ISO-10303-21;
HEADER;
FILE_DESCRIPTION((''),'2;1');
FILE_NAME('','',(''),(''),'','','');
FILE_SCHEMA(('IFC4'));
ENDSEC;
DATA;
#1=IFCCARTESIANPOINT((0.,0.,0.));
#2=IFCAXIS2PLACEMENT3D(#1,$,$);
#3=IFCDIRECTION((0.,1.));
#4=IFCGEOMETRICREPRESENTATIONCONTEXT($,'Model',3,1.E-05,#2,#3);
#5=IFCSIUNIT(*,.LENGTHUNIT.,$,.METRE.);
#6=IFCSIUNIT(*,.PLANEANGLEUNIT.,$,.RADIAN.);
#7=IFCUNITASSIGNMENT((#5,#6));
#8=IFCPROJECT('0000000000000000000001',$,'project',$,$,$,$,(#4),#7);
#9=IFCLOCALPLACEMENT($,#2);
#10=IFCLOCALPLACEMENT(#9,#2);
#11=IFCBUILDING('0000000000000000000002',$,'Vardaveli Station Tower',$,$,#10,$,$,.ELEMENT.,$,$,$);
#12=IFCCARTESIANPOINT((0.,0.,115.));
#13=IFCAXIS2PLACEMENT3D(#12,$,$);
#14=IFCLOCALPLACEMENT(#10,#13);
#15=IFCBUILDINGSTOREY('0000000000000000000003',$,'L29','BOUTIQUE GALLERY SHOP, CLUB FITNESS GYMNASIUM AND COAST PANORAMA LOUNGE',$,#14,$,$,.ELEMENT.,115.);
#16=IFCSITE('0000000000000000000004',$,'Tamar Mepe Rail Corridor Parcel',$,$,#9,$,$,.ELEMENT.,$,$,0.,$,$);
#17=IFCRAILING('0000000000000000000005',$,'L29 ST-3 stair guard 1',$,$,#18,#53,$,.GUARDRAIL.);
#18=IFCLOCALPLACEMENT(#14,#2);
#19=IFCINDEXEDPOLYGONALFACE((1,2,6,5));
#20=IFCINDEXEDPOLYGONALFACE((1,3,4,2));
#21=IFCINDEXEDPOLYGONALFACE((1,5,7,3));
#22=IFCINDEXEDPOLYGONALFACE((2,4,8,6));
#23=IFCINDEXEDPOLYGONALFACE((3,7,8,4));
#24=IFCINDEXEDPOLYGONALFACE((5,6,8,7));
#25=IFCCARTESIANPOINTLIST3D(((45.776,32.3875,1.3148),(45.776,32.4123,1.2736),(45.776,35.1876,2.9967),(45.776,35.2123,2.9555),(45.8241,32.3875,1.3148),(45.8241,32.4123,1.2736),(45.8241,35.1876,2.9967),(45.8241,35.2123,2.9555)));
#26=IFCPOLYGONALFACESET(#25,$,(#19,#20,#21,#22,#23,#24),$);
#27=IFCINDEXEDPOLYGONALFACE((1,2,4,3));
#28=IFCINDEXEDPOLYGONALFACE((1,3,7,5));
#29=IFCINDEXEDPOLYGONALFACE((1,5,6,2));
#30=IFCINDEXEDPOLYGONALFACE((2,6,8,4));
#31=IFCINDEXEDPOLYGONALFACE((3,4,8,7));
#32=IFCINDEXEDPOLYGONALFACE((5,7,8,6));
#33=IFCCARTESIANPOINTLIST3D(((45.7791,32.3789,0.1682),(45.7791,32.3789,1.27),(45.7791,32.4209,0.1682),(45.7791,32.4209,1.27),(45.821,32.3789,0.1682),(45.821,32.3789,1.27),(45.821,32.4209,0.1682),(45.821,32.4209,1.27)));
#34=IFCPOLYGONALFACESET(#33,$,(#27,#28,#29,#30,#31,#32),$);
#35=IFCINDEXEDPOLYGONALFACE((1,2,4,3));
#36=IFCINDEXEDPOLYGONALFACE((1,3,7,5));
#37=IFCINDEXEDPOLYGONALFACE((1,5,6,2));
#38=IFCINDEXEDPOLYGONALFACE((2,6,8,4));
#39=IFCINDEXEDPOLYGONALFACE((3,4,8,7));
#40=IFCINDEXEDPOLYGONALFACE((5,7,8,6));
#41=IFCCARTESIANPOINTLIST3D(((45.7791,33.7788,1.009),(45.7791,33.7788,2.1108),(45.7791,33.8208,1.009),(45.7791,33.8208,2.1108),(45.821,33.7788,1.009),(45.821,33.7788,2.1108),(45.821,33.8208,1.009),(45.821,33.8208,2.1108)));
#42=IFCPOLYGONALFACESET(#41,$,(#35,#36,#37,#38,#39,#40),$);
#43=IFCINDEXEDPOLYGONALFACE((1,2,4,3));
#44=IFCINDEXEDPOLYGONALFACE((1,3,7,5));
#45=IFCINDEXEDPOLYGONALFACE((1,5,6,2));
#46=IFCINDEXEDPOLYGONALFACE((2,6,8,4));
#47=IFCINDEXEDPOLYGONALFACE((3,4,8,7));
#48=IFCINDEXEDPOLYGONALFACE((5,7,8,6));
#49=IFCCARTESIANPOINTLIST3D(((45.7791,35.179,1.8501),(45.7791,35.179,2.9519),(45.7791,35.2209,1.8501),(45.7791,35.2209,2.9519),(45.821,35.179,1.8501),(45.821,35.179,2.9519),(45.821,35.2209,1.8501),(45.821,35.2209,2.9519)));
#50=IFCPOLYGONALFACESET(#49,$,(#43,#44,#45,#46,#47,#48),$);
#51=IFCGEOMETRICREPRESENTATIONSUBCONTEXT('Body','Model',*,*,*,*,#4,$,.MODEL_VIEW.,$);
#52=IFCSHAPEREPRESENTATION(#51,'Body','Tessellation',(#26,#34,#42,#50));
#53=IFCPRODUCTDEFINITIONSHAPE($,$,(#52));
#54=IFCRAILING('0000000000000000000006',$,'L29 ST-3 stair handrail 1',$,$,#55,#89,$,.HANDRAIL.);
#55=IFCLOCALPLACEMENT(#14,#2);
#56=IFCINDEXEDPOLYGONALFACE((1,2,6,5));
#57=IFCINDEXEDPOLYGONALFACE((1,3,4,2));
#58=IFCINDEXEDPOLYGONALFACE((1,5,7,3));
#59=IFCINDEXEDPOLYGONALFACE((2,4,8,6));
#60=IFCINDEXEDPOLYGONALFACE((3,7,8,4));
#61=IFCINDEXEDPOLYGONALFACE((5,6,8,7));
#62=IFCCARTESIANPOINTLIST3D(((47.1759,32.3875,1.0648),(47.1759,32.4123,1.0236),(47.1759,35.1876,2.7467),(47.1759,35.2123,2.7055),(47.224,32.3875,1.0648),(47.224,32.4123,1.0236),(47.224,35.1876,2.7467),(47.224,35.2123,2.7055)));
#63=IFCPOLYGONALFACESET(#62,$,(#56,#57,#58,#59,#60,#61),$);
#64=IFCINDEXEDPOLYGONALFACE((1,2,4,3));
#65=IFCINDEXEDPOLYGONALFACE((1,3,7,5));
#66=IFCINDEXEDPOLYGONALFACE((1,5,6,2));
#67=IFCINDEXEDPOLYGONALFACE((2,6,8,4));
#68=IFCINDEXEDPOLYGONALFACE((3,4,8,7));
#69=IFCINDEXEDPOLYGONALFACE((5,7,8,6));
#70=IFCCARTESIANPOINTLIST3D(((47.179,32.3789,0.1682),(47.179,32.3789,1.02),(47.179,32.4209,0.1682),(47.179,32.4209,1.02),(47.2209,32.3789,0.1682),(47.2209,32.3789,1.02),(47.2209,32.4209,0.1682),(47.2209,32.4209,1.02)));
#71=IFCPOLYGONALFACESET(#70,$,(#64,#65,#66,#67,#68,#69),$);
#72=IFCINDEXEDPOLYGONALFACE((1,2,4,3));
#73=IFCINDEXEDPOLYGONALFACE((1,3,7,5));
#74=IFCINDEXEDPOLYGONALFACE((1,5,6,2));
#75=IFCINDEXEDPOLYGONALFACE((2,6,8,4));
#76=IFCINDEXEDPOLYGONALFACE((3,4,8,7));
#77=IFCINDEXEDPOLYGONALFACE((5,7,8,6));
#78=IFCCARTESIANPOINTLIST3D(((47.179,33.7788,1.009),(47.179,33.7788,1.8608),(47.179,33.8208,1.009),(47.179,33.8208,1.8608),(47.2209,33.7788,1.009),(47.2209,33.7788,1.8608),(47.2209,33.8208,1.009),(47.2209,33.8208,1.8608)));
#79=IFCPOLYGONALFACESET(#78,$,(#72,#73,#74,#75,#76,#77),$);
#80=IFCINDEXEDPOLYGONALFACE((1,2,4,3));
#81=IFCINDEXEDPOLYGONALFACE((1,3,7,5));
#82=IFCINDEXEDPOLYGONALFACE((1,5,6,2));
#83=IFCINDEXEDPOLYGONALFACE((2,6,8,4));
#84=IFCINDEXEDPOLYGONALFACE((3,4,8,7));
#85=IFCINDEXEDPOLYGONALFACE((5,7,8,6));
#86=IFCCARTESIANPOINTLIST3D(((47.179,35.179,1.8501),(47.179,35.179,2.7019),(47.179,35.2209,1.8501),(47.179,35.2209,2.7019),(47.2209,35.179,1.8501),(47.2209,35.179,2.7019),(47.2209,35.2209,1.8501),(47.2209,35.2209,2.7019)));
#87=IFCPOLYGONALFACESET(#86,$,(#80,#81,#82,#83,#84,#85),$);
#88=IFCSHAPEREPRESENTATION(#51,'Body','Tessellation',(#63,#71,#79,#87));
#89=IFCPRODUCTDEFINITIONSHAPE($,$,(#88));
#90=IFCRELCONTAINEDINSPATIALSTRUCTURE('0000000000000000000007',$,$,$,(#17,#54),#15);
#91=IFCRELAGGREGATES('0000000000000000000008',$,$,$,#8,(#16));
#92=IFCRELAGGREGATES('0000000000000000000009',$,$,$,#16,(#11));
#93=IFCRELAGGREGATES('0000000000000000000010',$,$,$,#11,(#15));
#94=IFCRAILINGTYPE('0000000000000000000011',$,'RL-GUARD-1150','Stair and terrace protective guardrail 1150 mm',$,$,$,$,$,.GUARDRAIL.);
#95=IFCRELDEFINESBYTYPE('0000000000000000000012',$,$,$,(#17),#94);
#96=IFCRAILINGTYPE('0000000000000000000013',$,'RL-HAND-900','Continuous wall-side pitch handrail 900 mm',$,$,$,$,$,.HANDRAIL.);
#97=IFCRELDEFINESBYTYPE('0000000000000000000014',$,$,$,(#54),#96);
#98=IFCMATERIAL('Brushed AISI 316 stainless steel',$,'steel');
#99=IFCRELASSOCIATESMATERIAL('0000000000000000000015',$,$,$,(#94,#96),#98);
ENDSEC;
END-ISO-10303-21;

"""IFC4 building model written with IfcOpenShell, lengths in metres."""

from ifc_helpers import new_model, si_unit, direction, frame, origin, origin_2d, place, context, subcontext, project, spatial, rectangle, extrude, source, transform, mapped, material, type_object, element, save


model = new_model("IFC4")

# Units and contexts
model_context = context("Model", 3, precision=1e-05, world=origin(), true_north=direction((0.0, 1.0)))
body_context = subcontext(model_context, "Body", "Model", "MODEL_VIEW")
ifc_project = project(units=[si_unit("LENGTHUNIT", "METRE"), si_unit("PLANEANGLEUNIT", "RADIAN")], contexts=[model_context])

# Site, building, storey
site_placement = place(None, origin())
site = spatial("IfcSite", under=ifc_project, at=site_placement, Name="Tamar Mepe Rail Corridor Parcel", CompositionType="ELEMENT", RefElevation=0.0)
building_placement = place(site_placement, origin())
building = spatial("IfcBuilding", under=site, at=building_placement, Name="Vardaveli Station Tower", CompositionType="ELEMENT")
storey_placement = place(building_placement, frame((0.0, 0.0, 115.0)))
storey = spatial("IfcBuildingStorey", under=building, at=storey_placement, Name="L29", Description="BOUTIQUE GALLERY SHOP, CLUB FITNESS GYMNASIUM AND COAST PANORAMA LOUNGE", CompositionType="ELEMENT", Elevation=115.0)

# Railings
ifc_material_1 = material(Name="Brushed AISI 316 stainless steel", Category="steel")
railing_type_1 = type_object("IfcRailingType", Name="RL-GUARD-1150", Description="Stair and terrace protective guardrail 1150 mm", PredefinedType="GUARDRAIL", material=ifc_material_1)
railing_type_2 = type_object("IfcRailingType", Name="RL-HAND-900", Description="Continuous wall-side pitch handrail 900 mm", PredefinedType="HANDRAIL", material=ifc_material_1)
shared_shape_1 = source(origin(), body_context, "Body", "SweptSolid", [
    extrude(rectangle(XDim=0.0481, YDim=0.0481, at=origin_2d()), frame((0.0, 0.0, 1.126), z_axis=(0.0, 0.857242, 0.514913), x_axis=(-1.0, 0.0, 0.0)), (0.0, 0.0, 1.0), 3.2664),
    extrude(rectangle(XDim=0.042, YDim=0.042, at=origin_2d()), origin(), (0.0, 0.0, 1.0), 1.1018),
    extrude(rectangle(XDim=0.042, YDim=0.042, at=origin_2d()), frame((0.0, 1.3999, 0.8408)), (0.0, 0.0, 1.0), 1.1018),
    extrude(rectangle(XDim=0.042, YDim=0.042, at=origin_2d()), frame((0.0, 2.8, 1.6819)), (0.0, 0.0, 1.0), 1.1018),
])
railing_1_placement = place(storey_placement, frame((45.8, 32.3999, 0.1682)))
element("IfcRailing", 1, at=railing_1_placement, inside=storey, type_object=railing_type_1, Name="L29 ST-3 stair guard 1", PredefinedType="GUARDRAIL", context=body_context, shape_type="MappedRepresentation", body=[
    mapped(shared_shape_1, transform((0.0, 0.0, 0.0), scale=1.0)),
])
shared_shape_2 = source(origin(), body_context, "Body", "SweptSolid", [
    extrude(rectangle(XDim=0.0481, YDim=0.0481, at=origin_2d()), frame((0.0, 0.0, 0.876), z_axis=(0.0, 0.857242, 0.514913), x_axis=(-1.0, 0.0, 0.0)), (0.0, 0.0, 1.0), 3.2664),
    extrude(rectangle(XDim=0.042, YDim=0.042, at=origin_2d()), origin(), (0.0, 0.0, 1.0), 0.8518),
    extrude(rectangle(XDim=0.042, YDim=0.042, at=origin_2d()), frame((0.0, 1.3999, 0.8408)), (0.0, 0.0, 1.0), 0.8518),
    extrude(rectangle(XDim=0.042, YDim=0.042, at=origin_2d()), frame((0.0, 2.8, 1.6819)), (0.0, 0.0, 1.0), 0.8518),
])
railing_2_placement = place(storey_placement, frame((47.2, 32.3999, 0.1682)))
element("IfcRailing", 2, at=railing_2_placement, inside=storey, type_object=railing_type_2, Name="L29 ST-3 stair handrail 1", PredefinedType="HANDRAIL", context=body_context, shape_type="MappedRepresentation", body=[
    mapped(shared_shape_2, transform((0.0, 0.0, 0.0), scale=1.0)),
])

save(model, "model.ifc")
